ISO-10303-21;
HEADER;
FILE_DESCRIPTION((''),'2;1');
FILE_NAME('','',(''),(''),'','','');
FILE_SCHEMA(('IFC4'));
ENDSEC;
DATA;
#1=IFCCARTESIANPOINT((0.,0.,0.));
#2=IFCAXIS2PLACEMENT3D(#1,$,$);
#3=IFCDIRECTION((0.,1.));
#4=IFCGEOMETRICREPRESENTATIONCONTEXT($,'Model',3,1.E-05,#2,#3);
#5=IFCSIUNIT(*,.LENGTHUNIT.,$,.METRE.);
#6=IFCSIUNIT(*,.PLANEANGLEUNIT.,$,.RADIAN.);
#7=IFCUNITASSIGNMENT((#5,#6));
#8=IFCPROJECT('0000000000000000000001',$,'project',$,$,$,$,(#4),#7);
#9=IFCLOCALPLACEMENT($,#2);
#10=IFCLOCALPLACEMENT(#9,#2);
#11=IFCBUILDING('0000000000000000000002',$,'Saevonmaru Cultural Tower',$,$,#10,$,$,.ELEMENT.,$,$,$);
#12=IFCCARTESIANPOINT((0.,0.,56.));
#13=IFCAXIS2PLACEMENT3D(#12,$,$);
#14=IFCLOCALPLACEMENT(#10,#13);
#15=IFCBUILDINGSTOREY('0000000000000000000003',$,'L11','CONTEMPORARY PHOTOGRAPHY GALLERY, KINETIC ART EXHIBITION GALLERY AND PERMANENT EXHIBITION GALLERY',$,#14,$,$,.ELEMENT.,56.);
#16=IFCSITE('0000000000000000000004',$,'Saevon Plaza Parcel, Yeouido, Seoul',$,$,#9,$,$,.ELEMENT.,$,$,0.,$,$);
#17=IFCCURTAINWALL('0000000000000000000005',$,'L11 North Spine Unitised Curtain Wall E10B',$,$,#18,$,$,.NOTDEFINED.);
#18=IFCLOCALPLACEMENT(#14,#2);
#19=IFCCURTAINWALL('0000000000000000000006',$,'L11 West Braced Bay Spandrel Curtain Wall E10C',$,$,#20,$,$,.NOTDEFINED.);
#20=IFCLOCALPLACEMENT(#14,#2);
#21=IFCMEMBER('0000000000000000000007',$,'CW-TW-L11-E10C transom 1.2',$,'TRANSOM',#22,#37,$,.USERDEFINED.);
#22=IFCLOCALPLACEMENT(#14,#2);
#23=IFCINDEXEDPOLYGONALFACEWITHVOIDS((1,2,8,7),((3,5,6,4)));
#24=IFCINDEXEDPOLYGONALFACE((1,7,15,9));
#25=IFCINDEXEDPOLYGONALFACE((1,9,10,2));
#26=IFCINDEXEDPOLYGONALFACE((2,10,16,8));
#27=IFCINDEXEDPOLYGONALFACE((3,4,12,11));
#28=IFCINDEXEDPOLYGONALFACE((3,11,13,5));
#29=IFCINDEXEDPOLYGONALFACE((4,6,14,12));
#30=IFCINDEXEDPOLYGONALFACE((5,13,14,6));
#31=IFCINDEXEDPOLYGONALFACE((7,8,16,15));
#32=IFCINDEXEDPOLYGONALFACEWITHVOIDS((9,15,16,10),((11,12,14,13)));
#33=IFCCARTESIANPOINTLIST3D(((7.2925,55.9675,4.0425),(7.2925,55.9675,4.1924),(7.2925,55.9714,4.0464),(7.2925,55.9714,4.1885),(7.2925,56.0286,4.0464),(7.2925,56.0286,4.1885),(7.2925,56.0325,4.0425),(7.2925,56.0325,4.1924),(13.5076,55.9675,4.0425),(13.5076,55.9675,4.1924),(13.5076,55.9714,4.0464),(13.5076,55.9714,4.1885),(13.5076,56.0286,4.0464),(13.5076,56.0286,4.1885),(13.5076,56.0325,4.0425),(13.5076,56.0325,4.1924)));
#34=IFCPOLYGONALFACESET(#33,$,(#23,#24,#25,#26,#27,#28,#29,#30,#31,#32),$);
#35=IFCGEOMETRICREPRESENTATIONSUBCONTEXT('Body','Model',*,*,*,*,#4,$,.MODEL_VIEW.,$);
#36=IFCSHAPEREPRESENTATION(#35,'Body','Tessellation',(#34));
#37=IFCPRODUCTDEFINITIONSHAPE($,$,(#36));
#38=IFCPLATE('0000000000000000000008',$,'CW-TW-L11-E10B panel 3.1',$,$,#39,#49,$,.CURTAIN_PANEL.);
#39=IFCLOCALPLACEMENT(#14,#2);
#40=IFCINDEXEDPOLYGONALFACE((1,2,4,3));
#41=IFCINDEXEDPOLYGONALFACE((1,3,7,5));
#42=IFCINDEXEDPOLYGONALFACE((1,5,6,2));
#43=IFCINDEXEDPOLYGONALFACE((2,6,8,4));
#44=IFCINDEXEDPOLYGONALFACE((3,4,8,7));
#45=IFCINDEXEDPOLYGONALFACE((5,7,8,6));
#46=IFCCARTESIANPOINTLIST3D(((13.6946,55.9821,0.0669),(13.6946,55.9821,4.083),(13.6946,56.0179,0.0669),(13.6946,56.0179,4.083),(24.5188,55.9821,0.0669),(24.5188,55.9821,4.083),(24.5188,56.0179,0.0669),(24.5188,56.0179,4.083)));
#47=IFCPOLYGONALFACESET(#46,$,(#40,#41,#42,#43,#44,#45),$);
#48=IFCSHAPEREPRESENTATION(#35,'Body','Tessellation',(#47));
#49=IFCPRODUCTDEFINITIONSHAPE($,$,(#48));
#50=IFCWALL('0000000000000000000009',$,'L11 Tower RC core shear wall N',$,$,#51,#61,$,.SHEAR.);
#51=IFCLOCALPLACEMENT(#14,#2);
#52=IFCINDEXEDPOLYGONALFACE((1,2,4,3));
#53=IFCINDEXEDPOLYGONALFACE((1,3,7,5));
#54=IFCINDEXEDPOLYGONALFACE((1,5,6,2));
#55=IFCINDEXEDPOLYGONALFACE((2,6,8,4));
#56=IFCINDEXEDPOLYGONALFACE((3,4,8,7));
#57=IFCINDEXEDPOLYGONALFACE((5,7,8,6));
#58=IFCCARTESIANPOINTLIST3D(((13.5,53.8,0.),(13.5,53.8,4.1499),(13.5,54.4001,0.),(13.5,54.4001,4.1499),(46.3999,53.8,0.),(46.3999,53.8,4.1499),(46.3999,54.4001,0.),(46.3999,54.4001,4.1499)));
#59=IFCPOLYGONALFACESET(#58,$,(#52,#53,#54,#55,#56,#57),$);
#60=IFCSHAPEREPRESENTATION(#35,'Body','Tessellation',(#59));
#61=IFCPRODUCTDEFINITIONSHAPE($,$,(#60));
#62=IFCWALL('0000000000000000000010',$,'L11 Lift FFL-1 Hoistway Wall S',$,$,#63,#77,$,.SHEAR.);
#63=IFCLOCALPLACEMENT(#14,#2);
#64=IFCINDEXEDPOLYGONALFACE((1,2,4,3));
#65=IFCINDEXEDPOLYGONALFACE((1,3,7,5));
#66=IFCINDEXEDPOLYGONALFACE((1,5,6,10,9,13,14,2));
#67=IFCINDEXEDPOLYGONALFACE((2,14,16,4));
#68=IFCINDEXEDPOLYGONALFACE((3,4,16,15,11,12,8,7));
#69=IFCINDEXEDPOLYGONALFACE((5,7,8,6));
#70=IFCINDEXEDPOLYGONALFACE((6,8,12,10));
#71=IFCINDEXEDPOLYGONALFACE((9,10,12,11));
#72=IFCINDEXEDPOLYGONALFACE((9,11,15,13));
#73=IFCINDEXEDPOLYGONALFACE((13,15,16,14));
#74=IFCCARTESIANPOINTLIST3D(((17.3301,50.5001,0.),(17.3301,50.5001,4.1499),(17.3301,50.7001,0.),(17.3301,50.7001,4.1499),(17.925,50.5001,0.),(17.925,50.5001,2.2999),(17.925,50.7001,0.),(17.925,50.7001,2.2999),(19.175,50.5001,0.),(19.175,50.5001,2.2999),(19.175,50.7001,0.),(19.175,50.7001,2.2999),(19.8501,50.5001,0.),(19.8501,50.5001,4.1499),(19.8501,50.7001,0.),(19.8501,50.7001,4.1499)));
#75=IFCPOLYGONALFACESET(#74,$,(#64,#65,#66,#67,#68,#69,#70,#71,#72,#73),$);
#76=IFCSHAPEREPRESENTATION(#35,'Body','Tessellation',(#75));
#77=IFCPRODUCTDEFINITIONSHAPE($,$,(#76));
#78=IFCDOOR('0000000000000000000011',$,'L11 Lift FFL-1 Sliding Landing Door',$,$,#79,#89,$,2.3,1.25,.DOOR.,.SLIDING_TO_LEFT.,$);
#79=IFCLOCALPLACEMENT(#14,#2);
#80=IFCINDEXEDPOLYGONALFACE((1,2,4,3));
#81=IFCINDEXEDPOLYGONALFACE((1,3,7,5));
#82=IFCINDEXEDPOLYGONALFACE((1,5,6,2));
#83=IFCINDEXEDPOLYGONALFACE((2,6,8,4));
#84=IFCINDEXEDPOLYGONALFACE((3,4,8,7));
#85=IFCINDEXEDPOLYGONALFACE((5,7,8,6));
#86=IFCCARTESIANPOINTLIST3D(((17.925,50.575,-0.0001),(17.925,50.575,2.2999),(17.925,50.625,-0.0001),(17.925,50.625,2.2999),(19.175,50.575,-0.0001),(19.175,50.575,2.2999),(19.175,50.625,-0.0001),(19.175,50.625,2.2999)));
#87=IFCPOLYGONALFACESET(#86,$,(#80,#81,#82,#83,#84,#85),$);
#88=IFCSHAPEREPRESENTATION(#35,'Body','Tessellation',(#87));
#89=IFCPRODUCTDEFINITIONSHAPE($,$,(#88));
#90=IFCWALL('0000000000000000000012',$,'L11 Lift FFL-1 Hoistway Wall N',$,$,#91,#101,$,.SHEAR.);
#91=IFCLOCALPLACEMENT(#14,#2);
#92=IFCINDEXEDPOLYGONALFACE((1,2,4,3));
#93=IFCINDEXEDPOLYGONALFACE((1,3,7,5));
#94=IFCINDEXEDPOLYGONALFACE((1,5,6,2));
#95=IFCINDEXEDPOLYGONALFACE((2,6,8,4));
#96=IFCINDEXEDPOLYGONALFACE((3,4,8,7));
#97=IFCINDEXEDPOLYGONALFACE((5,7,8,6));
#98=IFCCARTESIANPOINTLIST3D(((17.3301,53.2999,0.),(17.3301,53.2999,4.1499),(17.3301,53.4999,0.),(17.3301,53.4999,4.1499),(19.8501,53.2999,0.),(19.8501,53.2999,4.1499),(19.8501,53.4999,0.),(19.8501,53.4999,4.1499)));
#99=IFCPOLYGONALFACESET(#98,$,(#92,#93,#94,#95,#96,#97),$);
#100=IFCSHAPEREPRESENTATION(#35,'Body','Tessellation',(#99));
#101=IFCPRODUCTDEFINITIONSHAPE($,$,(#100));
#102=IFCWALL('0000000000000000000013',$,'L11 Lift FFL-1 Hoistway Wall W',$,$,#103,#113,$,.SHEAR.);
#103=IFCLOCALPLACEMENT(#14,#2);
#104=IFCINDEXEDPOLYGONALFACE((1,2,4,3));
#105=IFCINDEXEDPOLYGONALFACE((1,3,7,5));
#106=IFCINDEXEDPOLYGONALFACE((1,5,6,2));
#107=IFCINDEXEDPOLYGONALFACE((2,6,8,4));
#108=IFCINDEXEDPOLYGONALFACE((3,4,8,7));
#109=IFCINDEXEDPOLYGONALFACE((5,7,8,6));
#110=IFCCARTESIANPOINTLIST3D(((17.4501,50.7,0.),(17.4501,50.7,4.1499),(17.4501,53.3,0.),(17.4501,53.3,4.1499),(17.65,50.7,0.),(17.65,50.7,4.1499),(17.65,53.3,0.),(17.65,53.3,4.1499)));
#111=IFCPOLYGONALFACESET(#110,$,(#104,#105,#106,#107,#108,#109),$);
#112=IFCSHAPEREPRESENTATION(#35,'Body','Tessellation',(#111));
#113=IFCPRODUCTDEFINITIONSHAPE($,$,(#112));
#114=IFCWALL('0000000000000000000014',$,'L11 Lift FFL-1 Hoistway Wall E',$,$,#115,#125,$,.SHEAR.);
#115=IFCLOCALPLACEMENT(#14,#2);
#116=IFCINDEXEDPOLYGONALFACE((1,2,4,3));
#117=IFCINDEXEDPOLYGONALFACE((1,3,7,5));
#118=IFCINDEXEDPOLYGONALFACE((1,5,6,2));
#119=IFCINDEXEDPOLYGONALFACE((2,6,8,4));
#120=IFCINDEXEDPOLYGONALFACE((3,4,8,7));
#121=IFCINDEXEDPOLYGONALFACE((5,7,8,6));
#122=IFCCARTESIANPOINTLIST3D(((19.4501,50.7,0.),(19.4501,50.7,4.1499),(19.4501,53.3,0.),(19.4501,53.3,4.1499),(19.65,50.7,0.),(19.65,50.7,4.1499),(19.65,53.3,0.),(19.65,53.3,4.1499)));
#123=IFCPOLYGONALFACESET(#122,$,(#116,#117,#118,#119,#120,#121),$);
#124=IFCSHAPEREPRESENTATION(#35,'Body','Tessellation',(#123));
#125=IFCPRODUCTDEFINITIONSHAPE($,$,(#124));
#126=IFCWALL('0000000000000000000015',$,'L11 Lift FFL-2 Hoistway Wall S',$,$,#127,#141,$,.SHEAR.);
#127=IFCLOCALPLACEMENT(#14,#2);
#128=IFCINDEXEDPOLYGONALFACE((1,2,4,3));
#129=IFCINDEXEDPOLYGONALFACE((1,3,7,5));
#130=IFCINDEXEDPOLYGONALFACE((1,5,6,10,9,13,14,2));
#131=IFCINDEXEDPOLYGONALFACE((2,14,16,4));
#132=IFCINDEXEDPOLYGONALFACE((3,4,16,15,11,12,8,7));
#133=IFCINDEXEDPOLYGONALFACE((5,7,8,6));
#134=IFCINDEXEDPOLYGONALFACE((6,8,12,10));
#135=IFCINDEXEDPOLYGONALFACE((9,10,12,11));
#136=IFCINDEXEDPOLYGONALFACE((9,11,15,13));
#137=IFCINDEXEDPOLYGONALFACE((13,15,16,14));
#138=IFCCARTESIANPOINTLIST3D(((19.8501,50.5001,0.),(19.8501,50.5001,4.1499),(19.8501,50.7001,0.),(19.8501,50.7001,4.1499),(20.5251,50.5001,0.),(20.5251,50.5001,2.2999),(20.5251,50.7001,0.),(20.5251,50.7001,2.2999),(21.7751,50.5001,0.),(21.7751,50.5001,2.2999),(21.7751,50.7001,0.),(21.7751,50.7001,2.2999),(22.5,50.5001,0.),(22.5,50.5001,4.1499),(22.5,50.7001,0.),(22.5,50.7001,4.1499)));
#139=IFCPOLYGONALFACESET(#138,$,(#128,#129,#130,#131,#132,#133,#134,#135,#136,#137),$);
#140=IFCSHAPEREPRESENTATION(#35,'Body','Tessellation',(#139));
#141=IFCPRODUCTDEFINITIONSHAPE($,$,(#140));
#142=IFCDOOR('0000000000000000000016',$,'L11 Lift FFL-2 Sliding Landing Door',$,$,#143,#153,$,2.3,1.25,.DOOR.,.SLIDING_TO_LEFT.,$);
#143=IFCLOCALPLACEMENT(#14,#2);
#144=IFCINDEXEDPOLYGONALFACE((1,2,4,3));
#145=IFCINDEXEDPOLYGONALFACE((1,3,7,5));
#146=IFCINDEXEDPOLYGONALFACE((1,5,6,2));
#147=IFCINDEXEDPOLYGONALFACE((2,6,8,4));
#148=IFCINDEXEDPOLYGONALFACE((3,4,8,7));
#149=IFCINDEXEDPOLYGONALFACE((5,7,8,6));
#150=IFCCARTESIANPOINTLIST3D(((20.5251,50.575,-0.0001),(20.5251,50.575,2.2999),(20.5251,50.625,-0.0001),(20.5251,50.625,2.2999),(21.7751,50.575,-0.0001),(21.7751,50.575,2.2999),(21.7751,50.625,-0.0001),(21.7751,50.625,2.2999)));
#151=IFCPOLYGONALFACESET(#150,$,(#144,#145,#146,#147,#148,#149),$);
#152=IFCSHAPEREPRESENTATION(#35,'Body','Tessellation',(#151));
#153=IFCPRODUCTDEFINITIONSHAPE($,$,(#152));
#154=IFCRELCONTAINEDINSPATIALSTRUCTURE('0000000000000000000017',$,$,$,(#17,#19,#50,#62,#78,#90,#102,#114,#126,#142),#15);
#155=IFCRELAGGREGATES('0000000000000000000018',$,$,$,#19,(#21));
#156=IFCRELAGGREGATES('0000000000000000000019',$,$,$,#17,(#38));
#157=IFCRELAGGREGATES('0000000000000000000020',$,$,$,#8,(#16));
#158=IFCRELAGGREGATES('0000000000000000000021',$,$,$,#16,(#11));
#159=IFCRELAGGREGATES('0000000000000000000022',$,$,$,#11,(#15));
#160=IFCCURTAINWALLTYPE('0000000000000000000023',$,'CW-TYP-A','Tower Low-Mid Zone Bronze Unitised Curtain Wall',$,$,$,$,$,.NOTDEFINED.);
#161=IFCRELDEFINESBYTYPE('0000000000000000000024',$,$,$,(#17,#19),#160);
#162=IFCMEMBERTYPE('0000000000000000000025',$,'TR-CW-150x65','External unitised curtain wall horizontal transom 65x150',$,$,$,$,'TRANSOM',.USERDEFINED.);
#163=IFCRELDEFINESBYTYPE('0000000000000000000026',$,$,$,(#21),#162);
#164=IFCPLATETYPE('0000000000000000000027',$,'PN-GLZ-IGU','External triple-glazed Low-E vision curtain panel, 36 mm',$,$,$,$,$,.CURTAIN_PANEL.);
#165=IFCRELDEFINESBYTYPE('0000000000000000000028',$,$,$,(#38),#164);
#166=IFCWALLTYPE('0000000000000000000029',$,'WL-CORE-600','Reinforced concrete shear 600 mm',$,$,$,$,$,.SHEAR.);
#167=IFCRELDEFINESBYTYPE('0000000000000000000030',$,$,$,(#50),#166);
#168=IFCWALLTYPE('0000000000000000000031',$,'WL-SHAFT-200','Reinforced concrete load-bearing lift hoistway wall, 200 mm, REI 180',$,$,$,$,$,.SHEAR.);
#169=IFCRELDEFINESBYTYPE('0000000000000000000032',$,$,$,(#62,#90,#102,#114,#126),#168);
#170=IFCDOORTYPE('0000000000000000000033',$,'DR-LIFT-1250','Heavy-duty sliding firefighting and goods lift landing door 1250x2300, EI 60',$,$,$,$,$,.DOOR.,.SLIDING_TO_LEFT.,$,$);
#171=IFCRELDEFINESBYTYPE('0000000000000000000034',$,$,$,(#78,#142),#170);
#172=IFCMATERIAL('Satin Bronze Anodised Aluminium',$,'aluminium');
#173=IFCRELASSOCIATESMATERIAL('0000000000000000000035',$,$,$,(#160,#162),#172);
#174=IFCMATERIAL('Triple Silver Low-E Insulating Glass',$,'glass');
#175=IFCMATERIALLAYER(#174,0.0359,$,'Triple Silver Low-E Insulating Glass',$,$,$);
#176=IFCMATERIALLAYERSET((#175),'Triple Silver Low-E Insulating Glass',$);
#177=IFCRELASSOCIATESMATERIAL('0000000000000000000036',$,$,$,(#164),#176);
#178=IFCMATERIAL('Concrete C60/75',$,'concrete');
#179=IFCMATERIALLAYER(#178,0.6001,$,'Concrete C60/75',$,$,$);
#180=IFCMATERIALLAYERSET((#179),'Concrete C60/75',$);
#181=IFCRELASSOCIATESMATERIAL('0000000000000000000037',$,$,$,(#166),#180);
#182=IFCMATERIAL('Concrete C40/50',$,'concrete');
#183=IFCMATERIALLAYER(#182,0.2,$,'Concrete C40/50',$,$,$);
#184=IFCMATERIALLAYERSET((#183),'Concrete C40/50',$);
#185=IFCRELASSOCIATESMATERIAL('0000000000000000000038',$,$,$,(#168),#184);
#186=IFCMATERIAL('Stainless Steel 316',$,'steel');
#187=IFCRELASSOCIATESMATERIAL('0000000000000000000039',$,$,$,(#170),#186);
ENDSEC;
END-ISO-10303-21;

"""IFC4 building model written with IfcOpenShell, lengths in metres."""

from ifc_helpers import new_model, si_unit, direction, frame, frame_2d, origin, origin_2d, place, context, subcontext, project, spatial, rectangle, hollow_rectangle, extrude, material, layer, layer_set, material_profile, profile_set, type_object, element, fill, aggregate, save


model = new_model("IFC4")

# Units and contexts
model_context = context("Model", 3, precision=1e-05, world=origin(), true_north=direction((0.0, 1.0)))
body_context = subcontext(model_context, "Body", "Model", "MODEL_VIEW")
ifc_project = project(units=[si_unit("LENGTHUNIT", "METRE"), si_unit("PLANEANGLEUNIT", "RADIAN")], contexts=[model_context])

# Site, building, storey
site_placement = place(None, origin())
site = spatial("IfcSite", under=ifc_project, at=site_placement, Name="Saevon Plaza Parcel, Yeouido, Seoul", CompositionType="ELEMENT", RefElevation=0.0)
building_placement = place(site_placement, origin())
building = spatial("IfcBuilding", under=site, at=building_placement, Name="Saevonmaru Cultural Tower", CompositionType="ELEMENT")
storey_placement = place(building_placement, frame((0.0, 0.0, 56.0)))
storey = spatial("IfcBuildingStorey", under=building, at=storey_placement, Name="L11", Description="CONTEMPORARY PHOTOGRAPHY GALLERY, KINETIC ART EXHIBITION GALLERY AND PERMANENT EXHIBITION GALLERY", CompositionType="ELEMENT", Elevation=56.0)

# Curtain wall
ifc_material_1 = material(Name="Satin Bronze Anodised Aluminium", Category="aluminium")
curtain_wall_type = type_object("IfcCurtainWallType", Name="CW-TYP-A", Description="Tower Low-Mid Zone Bronze Unitised Curtain Wall", PredefinedType="NOTDEFINED", material=ifc_material_1)
curtain_wall_1_placement = place(storey_placement, origin())
curtain_wall_1 = element("IfcCurtainWall", 1, at=curtain_wall_1_placement, inside=storey, type_object=curtain_wall_type, Name="L11 North Spine Unitised Curtain Wall E10B", PredefinedType="NOTDEFINED")

# Curtain wall, member
curtain_wall_2_placement = place(storey_placement, origin())
curtain_wall_2 = element("IfcCurtainWall", 2, at=curtain_wall_2_placement, inside=storey, type_object=curtain_wall_type, Name="L11 West Braced Bay Spandrel Curtain Wall E10C", PredefinedType="NOTDEFINED")
ifc_material_profile_1 = material_profile(ifc_material_1, hollow_rectangle(XDim=0.0649, YDim=0.1499, WallThickness=0.0039, at=origin_2d()), Name="ALU-TRAN-150x65x4")
ifc_profile_set_1 = profile_set([ifc_material_profile_1], Name="Satin Bronze Anodised Aluminium")
member_type_1 = type_object("IfcMemberType", Name="TR-CW-150x65", Description="External unitised curtain wall horizontal transom 65x150", ElementType="TRANSOM", PredefinedType="USERDEFINED", material=ifc_profile_set_1)
member_1_placement = place(storey_placement, frame((13.5076, 56.0, 4.1174), z_axis=(-1.0, 0.0, 0.0), x_axis=(0.0, -1.0, 0.0)))
member_1 = element("IfcMember", 3, at=member_1_placement, type_object=member_type_1, Name="CW-TW-L11-E10C transom 1.2", ObjectType="TRANSOM", PredefinedType="USERDEFINED", context=body_context, shape_type="SweptSolid", body=[
    extrude(hollow_rectangle(XDim=0.0649, YDim=0.1499, WallThickness=0.0039, at=origin_2d()), origin(), (0.0, 0.0, 1.0), 6.2151),
])
aggregate(curtain_wall_2, [member_1])

# Plate
ifc_material_2 = material(Name="Triple Silver Low-E Insulating Glass", Category="glass")
ifc_layer_1 = layer(ifc_material_2, 0.0359, Name="Triple Silver Low-E Insulating Glass")
ifc_layer_set_1 = layer_set([ifc_layer_1], Name="Triple Silver Low-E Insulating Glass")
plate_type = type_object("IfcPlateType", Name="PN-GLZ-IGU", Description="External triple-glazed Low-E vision curtain panel, 36 mm", PredefinedType="CURTAIN_PANEL", material=ifc_layer_set_1)
plate_placement = place(storey_placement, frame((19.1067, 56.0, 0.0669), z_axis=(0.0, 0.0, 1.0), x_axis=(-1.0, 0.0, 0.0)))
plate = element("IfcPlate", 4, at=plate_placement, type_object=plate_type, Name="CW-TW-L11-E10B panel 3.1", PredefinedType="CURTAIN_PANEL", context=body_context, shape_type="SweptSolid", body=[
    extrude(rectangle(XDim=10.8242, YDim=0.0359, at=origin_2d()), origin(), (0.0, 0.0, 1.0), 4.0161),
])
aggregate(curtain_wall_1, [plate])

# Wall
ifc_material_3 = material(Name="Concrete C60/75", Category="concrete")
ifc_layer_2 = layer(ifc_material_3, 0.6001, Name="Concrete C60/75")
ifc_layer_set_2 = layer_set([ifc_layer_2], Name="Concrete C60/75")
wall_type_1 = type_object("IfcWallType", Name="WL-CORE-600", Description="Reinforced concrete shear 600 mm", PredefinedType="SHEAR", material=ifc_layer_set_2)
wall_1_placement = place(storey_placement, frame((13.5, 54.1001, 0.0), z_axis=(0.0, 0.0, 1.0), x_axis=(1.0, 0.0, 0.0)))
element("IfcWall", 5, at=wall_1_placement, inside=storey, type_object=wall_type_1, Name="L11 Tower RC core shear wall N", PredefinedType="SHEAR", context=body_context, shape_type="SweptSolid", body=[
    extrude(rectangle(XDim=32.8999, YDim=0.6001, at=frame_2d((16.45, 0.0))), origin(), (0.0, 0.0, 1.0), 4.1499),
])

# Wall, opening, door
ifc_material_4 = material(Name="Concrete C40/50", Category="concrete")
ifc_layer_3 = layer(ifc_material_4, 0.2, Name="Concrete C40/50")
ifc_layer_set_3 = layer_set([ifc_layer_3], Name="Concrete C40/50")
wall_type_2 = type_object("IfcWallType", Name="WL-SHAFT-200", Description="Reinforced concrete load-bearing lift hoistway wall, 200 mm, REI 180", PredefinedType="SHEAR", material=ifc_layer_set_3)
wall_2_placement = place(storey_placement, frame((17.3301, 50.6001, 0.0), z_axis=(0.0, 0.0, 1.0), x_axis=(1.0, 0.0, 0.0)))
wall_2 = element("IfcWall", 6, at=wall_2_placement, inside=storey, type_object=wall_type_2, Name="L11 Lift FFL-1 Hoistway Wall S", PredefinedType="SHEAR", context=body_context, shape_type="SweptSolid", body=[
    extrude(rectangle(XDim=2.52, YDim=0.2, at=frame_2d((1.26, 0.0))), origin(), (0.0, 0.0, 1.0), 4.1499),
])
opening_1_placement = place(wall_2_placement, frame((0.595, 0.0, 0.0)))
opening_1 = element("IfcOpeningElement", 7, at=opening_1_placement, cuts=wall_2, PredefinedType="OPENING", context=body_context, shape_type="SweptSolid", body=[
    extrude(rectangle(XDim=1.25, YDim=2.3, at=frame_2d((0.625, 1.1499))), frame((0.0, 0.1099, 0.0), z_axis=(0.0, -1.0, 0.0), x_axis=(1.0, 0.0, 0.0)), (0.0, 0.0, 1.0), 0.22),
])
ifc_material_5 = material(Name="Stainless Steel 316", Category="steel")
door_type = type_object("IfcDoorType", Name="DR-LIFT-1250", Description="Heavy-duty sliding firefighting and goods lift landing door 1250x2300, EI 60", OperationType="SLIDING_TO_LEFT", PredefinedType="DOOR", material=ifc_material_5)
door_1_placement = place(opening_1_placement, origin())
door_1 = element("IfcDoor", 8, at=door_1_placement, inside=storey, type_object=door_type, Name="L11 Lift FFL-1 Sliding Landing Door", OperationType="SLIDING_TO_LEFT", OverallHeight=2.3, OverallWidth=1.25, PredefinedType="DOOR", context=body_context, shape_type="SweptSolid", body=[
    extrude(rectangle(XDim=1.25, YDim=2.3, at=frame_2d((0.625, 1.1499))), frame((0.0, 0.0249, 0.0), z_axis=(0.0, -1.0, 0.0), x_axis=(1.0, 0.0, 0.0)), (0.0, 0.0, 1.0), 0.05),
])
fill(opening_1, door_1)

# Walls
wall_3_placement = place(storey_placement, frame((17.3301, 53.3999, 0.0), z_axis=(0.0, 0.0, 1.0), x_axis=(1.0, 0.0, 0.0)))
element("IfcWall", 9, at=wall_3_placement, inside=storey, type_object=wall_type_2, Name="L11 Lift FFL-1 Hoistway Wall N", PredefinedType="SHEAR", context=body_context, shape_type="SweptSolid", body=[
    extrude(rectangle(XDim=2.52, YDim=0.2, at=frame_2d((1.26, 0.0))), origin(), (0.0, 0.0, 1.0), 4.1499),
])
for number, where, z_axis, x_axis, name in (
    (10, (17.55, 50.7, 0.0), (0.0, 0.0, 1.0), (0.0, 1.0, 0.0), "L11 Lift FFL-1 Hoistway Wall W"),
    (11, (19.55, 50.7, 0.0), (0.0, 0.0, 1.0), (0.0, 1.0, 0.0), "L11 Lift FFL-1 Hoistway Wall E"),
):
    element("IfcWall", number, at=place(storey_placement, frame(where, z_axis=z_axis, x_axis=x_axis)), inside=storey, type_object=wall_type_2, Name=name, PredefinedType="SHEAR", context=body_context, shape_type="SweptSolid", body=[
        extrude(rectangle(XDim=2.6001, YDim=0.2, at=frame_2d((1.3, 0.0))), origin(), (0.0, 0.0, 1.0), 4.1499),
    ])

# Wall, opening, door
wall_4_placement = place(storey_placement, frame((19.8501, 50.6001, 0.0), z_axis=(0.0, 0.0, 1.0), x_axis=(1.0, 0.0, 0.0)))
wall_4 = element("IfcWall", 12, at=wall_4_placement, inside=storey, type_object=wall_type_2, Name="L11 Lift FFL-2 Hoistway Wall S", PredefinedType="SHEAR", context=body_context, shape_type="SweptSolid", body=[
    extrude(rectangle(XDim=2.6499, YDim=0.2, at=frame_2d((1.325, 0.0))), origin(), (0.0, 0.0, 1.0), 4.1499),
])
opening_2_placement = place(wall_4_placement, frame((0.675, 0.0, 0.0)))
opening_2 = element("IfcOpeningElement", 13, at=opening_2_placement, cuts=wall_4, PredefinedType="OPENING", context=body_context, shape_type="SweptSolid", body=[
    extrude(rectangle(XDim=1.25, YDim=2.3, at=frame_2d((0.625, 1.1499))), frame((0.0, 0.1099, 0.0), z_axis=(0.0, -1.0, 0.0), x_axis=(1.0, 0.0, 0.0)), (0.0, 0.0, 1.0), 0.22),
])
door_2_placement = place(opening_2_placement, origin())
door_2 = element("IfcDoor", 14, at=door_2_placement, inside=storey, type_object=door_type, Name="L11 Lift FFL-2 Sliding Landing Door", OperationType="SLIDING_TO_LEFT", OverallHeight=2.3, OverallWidth=1.25, PredefinedType="DOOR", context=body_context, shape_type="SweptSolid", body=[
    extrude(rectangle(XDim=1.25, YDim=2.3, at=frame_2d((0.625, 1.1499))), frame((0.0, 0.0249, 0.0), z_axis=(0.0, -1.0, 0.0), x_axis=(1.0, 0.0, 0.0)), (0.0, 0.0, 1.0), 0.05),
])
fill(opening_2, door_2)

save(model, "model.ifc")
